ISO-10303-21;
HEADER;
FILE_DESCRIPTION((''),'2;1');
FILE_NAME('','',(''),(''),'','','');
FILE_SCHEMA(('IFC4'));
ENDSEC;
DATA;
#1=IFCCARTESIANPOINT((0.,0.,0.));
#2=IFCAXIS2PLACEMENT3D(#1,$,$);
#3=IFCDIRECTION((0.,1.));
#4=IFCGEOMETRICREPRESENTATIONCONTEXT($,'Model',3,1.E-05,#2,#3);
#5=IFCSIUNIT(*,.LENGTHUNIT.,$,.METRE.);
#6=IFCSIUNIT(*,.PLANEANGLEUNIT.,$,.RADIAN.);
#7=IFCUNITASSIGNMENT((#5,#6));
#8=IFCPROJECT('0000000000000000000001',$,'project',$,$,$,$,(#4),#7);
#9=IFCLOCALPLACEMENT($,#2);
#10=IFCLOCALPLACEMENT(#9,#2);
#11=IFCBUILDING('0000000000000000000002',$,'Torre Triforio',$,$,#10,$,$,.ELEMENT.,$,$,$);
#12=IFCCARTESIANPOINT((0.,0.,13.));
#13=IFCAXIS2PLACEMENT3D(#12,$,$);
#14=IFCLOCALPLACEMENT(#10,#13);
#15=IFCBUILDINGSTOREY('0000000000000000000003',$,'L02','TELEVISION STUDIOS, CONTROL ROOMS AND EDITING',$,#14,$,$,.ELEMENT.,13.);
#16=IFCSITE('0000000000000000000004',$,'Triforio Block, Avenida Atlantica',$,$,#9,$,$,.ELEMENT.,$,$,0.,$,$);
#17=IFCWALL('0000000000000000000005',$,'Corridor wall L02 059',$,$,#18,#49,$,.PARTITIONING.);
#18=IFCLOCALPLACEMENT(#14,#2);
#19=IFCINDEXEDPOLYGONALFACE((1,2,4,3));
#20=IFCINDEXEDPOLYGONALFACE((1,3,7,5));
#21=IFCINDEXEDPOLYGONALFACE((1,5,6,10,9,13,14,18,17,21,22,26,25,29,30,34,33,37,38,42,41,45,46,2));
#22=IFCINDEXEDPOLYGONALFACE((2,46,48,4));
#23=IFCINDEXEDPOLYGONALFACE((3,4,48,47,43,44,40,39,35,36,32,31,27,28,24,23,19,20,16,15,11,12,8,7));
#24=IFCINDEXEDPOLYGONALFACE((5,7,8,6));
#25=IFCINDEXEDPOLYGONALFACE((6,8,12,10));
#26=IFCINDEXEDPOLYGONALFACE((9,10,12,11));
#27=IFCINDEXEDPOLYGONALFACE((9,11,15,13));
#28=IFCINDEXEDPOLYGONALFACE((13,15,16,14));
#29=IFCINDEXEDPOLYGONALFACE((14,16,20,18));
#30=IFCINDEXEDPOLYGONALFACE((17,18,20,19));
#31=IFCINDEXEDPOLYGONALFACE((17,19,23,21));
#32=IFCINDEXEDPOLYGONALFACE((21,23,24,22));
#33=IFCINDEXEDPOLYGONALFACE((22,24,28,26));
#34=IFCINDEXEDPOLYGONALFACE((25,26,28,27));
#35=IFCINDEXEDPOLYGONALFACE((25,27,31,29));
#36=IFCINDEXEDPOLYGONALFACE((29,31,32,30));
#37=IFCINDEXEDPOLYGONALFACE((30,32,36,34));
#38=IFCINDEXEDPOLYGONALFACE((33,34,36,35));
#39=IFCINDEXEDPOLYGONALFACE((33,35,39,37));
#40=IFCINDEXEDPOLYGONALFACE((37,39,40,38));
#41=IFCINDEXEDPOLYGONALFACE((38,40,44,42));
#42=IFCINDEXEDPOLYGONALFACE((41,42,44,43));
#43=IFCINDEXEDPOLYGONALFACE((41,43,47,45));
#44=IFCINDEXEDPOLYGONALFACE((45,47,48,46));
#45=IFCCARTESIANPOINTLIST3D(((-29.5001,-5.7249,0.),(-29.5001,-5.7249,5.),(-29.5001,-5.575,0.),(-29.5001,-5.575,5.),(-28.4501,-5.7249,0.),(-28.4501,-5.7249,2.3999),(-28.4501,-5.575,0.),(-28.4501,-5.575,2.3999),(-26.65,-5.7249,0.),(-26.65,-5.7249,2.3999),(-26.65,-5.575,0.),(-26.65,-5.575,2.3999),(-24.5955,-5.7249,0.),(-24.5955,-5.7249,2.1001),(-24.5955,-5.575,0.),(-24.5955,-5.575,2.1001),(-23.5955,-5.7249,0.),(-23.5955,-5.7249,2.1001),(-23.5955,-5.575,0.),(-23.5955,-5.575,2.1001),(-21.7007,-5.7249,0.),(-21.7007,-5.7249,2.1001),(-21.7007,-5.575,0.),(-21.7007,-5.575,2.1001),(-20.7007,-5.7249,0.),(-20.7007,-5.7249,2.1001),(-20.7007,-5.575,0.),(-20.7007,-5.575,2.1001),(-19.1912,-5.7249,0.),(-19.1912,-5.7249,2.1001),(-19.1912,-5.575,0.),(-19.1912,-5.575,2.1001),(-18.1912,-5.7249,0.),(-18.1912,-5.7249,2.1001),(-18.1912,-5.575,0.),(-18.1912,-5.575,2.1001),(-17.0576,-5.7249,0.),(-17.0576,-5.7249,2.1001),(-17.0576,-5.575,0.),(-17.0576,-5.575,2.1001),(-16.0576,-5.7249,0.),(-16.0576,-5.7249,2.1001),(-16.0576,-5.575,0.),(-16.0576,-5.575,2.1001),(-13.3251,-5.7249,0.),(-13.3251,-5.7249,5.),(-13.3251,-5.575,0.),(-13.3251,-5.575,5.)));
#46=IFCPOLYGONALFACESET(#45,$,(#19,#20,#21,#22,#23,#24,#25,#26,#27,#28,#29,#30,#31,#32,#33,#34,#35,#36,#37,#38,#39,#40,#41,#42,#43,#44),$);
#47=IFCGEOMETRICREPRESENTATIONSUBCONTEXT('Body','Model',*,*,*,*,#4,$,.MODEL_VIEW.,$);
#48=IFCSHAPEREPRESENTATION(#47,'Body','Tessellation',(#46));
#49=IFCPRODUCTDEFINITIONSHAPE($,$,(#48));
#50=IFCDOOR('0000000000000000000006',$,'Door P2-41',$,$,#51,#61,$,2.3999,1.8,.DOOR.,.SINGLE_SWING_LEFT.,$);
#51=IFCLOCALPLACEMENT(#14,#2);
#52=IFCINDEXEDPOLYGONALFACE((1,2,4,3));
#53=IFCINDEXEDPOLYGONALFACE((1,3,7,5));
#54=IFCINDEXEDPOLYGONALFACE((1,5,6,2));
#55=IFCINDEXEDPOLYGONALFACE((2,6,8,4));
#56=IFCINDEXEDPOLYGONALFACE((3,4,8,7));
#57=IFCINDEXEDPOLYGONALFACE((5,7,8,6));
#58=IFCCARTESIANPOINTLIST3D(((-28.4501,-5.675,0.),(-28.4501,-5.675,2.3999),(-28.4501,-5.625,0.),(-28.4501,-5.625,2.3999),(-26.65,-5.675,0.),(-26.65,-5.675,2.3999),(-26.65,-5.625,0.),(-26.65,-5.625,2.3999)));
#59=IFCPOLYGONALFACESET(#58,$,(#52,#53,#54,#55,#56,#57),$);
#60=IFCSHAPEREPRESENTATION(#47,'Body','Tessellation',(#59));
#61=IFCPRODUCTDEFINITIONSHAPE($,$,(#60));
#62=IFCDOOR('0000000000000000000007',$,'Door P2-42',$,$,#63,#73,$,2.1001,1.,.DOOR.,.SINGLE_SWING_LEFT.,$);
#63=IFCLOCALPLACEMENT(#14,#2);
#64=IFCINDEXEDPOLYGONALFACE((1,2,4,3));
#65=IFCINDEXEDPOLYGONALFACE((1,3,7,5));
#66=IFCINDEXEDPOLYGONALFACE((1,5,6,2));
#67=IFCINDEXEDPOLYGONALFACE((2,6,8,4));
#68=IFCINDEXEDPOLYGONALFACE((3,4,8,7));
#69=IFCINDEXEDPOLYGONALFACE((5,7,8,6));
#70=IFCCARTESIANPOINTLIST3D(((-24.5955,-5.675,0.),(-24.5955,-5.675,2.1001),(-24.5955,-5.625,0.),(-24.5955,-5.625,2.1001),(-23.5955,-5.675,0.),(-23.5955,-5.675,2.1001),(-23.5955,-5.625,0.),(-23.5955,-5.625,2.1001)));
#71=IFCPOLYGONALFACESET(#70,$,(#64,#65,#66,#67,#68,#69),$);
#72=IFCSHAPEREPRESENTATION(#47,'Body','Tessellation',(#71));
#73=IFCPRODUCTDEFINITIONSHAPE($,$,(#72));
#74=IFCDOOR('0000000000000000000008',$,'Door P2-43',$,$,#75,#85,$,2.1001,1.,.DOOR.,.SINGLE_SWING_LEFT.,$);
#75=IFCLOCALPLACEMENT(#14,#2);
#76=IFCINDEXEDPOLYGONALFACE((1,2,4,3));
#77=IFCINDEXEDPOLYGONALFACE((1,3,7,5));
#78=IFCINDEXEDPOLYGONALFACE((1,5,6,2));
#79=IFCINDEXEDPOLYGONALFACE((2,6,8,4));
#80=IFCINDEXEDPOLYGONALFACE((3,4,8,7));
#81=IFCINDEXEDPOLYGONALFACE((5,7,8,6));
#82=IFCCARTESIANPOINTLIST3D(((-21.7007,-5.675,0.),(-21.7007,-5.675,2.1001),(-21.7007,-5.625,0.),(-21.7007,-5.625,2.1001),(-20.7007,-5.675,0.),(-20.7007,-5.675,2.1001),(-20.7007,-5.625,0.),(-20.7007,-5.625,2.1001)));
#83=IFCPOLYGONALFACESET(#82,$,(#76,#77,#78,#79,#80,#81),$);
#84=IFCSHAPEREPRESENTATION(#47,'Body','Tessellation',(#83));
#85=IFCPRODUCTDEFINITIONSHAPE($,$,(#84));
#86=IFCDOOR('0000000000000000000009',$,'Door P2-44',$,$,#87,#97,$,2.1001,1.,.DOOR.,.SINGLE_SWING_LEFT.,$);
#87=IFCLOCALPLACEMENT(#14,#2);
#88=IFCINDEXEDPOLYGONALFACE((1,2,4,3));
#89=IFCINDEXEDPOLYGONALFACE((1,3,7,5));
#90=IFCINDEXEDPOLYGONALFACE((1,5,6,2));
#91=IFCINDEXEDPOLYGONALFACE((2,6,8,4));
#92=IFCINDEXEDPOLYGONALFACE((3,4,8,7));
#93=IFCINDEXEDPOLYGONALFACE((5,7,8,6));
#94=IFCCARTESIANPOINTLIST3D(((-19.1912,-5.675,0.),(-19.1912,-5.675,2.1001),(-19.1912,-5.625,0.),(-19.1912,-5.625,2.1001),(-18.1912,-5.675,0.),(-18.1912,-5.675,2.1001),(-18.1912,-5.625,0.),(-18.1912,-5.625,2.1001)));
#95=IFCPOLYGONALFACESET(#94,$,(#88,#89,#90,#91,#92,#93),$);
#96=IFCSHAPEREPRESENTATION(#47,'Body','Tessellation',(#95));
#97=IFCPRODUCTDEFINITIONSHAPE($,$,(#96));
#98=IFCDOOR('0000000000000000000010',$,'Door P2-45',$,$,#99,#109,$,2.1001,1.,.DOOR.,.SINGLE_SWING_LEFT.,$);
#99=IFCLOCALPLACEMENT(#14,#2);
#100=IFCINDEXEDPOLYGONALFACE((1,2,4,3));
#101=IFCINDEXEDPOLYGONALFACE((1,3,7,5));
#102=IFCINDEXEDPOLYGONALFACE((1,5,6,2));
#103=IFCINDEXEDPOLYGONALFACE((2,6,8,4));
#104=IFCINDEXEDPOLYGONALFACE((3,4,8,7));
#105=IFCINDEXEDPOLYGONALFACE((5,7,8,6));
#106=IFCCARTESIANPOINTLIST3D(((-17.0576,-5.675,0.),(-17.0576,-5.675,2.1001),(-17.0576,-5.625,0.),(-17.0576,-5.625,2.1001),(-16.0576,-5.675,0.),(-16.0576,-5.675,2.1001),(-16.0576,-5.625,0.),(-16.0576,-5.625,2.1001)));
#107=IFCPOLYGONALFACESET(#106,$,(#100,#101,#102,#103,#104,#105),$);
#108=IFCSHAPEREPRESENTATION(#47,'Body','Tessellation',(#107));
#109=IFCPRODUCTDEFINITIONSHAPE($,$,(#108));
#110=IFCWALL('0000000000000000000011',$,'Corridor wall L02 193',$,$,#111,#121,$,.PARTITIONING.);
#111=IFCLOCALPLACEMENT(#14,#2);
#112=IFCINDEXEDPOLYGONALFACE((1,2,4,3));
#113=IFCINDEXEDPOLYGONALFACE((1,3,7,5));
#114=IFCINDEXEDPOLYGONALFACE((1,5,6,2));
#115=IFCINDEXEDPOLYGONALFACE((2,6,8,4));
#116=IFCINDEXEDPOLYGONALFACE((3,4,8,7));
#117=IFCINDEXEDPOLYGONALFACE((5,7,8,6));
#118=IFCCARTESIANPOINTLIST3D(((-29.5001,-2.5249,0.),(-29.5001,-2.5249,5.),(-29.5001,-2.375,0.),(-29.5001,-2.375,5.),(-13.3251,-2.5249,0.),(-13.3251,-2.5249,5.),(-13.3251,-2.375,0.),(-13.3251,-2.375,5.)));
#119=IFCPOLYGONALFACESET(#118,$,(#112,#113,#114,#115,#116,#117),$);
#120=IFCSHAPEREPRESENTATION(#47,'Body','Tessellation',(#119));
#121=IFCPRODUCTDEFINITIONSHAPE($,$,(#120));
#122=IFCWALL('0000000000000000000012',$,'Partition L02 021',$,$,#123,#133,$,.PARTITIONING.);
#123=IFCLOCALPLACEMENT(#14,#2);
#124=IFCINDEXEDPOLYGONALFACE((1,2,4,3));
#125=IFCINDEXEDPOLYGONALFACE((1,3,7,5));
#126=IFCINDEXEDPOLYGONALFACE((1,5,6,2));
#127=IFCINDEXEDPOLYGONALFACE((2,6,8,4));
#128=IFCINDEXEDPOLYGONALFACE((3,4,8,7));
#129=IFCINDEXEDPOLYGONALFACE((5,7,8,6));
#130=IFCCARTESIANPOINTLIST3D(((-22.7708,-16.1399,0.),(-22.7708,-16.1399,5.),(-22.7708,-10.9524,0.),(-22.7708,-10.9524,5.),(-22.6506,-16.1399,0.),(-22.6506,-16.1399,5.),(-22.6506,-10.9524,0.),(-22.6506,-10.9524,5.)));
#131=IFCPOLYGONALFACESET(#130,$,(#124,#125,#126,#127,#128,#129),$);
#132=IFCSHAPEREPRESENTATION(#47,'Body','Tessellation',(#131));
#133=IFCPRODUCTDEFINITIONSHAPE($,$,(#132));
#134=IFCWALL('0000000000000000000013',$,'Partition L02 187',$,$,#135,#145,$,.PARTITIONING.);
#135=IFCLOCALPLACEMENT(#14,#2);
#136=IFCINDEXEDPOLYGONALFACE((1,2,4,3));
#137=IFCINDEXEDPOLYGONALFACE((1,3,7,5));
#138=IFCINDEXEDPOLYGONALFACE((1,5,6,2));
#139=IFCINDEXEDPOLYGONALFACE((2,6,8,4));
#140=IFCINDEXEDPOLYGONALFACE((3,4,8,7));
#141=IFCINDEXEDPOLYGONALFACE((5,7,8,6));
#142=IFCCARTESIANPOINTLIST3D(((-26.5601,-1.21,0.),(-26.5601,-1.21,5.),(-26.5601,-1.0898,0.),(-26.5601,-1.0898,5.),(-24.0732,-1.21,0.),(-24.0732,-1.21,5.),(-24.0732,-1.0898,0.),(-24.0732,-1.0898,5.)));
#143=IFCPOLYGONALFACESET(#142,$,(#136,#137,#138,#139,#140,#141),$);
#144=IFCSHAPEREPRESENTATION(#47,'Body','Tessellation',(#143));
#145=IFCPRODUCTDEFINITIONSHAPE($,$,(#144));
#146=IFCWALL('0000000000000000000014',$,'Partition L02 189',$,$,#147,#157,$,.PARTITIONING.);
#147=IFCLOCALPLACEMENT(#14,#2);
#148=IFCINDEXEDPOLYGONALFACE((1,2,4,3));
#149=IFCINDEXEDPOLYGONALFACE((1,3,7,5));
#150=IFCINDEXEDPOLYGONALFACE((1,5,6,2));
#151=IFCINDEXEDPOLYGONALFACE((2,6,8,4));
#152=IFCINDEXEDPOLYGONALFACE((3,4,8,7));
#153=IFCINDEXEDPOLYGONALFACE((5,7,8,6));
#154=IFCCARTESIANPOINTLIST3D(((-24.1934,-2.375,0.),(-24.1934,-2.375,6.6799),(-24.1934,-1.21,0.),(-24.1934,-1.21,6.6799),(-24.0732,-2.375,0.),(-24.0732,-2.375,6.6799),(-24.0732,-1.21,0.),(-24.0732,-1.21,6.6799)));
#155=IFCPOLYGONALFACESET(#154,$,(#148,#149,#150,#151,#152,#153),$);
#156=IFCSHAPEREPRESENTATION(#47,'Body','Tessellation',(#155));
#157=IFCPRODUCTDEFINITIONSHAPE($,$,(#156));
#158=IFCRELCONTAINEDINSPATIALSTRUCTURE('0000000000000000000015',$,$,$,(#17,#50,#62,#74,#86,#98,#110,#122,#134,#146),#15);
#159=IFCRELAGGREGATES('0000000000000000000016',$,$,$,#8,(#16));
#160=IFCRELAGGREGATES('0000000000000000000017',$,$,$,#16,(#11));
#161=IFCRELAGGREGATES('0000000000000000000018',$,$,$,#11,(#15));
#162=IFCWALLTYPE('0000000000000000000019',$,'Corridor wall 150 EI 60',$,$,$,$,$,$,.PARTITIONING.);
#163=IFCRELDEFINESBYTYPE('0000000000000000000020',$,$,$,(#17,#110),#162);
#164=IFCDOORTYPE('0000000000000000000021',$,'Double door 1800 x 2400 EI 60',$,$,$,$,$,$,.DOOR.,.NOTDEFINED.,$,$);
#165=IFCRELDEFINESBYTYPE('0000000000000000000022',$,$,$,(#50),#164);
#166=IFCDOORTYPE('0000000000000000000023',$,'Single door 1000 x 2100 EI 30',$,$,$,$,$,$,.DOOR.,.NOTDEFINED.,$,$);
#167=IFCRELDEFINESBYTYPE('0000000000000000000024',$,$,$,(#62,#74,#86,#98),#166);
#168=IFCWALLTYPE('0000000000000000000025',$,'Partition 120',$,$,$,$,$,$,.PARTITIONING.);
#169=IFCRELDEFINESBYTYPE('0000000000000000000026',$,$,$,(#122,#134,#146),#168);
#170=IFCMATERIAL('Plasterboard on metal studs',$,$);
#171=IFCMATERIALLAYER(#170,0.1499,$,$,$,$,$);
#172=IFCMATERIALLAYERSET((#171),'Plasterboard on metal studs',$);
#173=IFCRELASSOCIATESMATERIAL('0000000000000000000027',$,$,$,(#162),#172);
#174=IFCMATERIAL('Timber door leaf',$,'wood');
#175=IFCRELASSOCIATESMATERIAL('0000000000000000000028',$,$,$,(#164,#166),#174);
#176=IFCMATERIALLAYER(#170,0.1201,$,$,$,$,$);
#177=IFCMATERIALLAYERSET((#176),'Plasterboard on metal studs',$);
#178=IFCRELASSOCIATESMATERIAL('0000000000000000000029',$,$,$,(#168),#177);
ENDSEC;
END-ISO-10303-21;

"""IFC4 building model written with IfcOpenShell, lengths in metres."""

from ifc_helpers import new_model, si_unit, direction, frame, frame_2d, origin, place, context, subcontext, project, spatial, rectangle, extrude, material, layer, layer_set, type_object, element, fill, save


model = new_model("IFC4")

# Units and contexts
model_context = context("Model", 3, precision=1e-05, world=origin(), true_north=direction((0.0, 1.0)))
body_context = subcontext(model_context, "Body", "Model", "MODEL_VIEW")
ifc_project = project(units=[si_unit("LENGTHUNIT", "METRE"), si_unit("PLANEANGLEUNIT", "RADIAN")], contexts=[model_context])

# Site, building, storey
site_placement = place(None, origin())
site = spatial("IfcSite", under=ifc_project, at=site_placement, Name="Triforio Block, Avenida Atlantica", CompositionType="ELEMENT", RefElevation=0.0)
building_placement = place(site_placement, origin())
building = spatial("IfcBuilding", under=site, at=building_placement, Name="Torre Triforio", CompositionType="ELEMENT")
storey_placement = place(building_placement, frame((0.0, 0.0, 13.0)))
storey = spatial("IfcBuildingStorey", under=building, at=storey_placement, Name="L02", Description="TELEVISION STUDIOS, CONTROL ROOMS AND EDITING", CompositionType="ELEMENT", Elevation=13.0)

# Shared definitions
ifc_material_1 = material(Name="Plasterboard on metal studs")
ifc_layer_1 = layer(ifc_material_1, 0.1499)
ifc_layer_set_1 = layer_set([ifc_layer_1], Name="Plasterboard on metal studs")
wall_type_1 = type_object("IfcWallType", Name="Corridor wall 150 EI 60", PredefinedType="PARTITIONING", material=ifc_layer_set_1)

# Wall, openings, doors
wall_1_placement = place(storey_placement, frame((-29.5, -5.6499, 0.0), z_axis=(0.0, 0.0, 1.0), x_axis=(1.0, 0.0, 0.0)))
wall_1 = element("IfcWall", 1, at=wall_1_placement, inside=storey, type_object=wall_type_1, Name="Corridor wall L02 059", PredefinedType="PARTITIONING", context=body_context, shape_type="SweptSolid", body=[
    extrude(rectangle(XDim=16.175, YDim=0.1499, at=frame_2d((8.0874, 0.0))), origin(), (0.0, 0.0, 1.0), 5.0),
])
opening_1_placement = place(wall_1_placement, frame((1.05, 0.0, 0.0)))
opening_1 = element("IfcOpeningElement", 2, at=opening_1_placement, cuts=wall_1, PredefinedType="OPENING", context=body_context, shape_type="SweptSolid", body=[
    extrude(rectangle(XDim=1.8, YDim=2.3999, at=frame_2d((0.8999, 1.2))), frame((0.0, 0.085, 0.0), z_axis=(0.0, -1.0, 0.0), x_axis=(1.0, 0.0, 0.0)), (0.0, 0.0, 1.0), 0.1699),
])
opening_2_placement = place(wall_1_placement, frame((4.9045, 0.0, 0.0)))
opening_2 = element("IfcOpeningElement", 3, at=opening_2_placement, cuts=wall_1, PredefinedType="OPENING", context=body_context, shape_type="SweptSolid", body=[
    extrude(rectangle(XDim=1.0, YDim=2.1001, at=frame_2d((0.5, 1.05))), frame((0.0, 0.085, 0.0), z_axis=(0.0, -1.0, 0.0), x_axis=(1.0, 0.0, 0.0)), (0.0, 0.0, 1.0), 0.1699),
])
opening_3_placement = place(wall_1_placement, frame((7.7993, 0.0, 0.0)))
opening_3 = element("IfcOpeningElement", 4, at=opening_3_placement, cuts=wall_1, PredefinedType="OPENING", context=body_context, shape_type="SweptSolid", body=[
    extrude(rectangle(XDim=1.0, YDim=2.1001, at=frame_2d((0.5, 1.05))), frame((0.0, 0.085, 0.0), z_axis=(0.0, -1.0, 0.0), x_axis=(1.0, 0.0, 0.0)), (0.0, 0.0, 1.0), 0.1699),
])
opening_4_placement = place(wall_1_placement, frame((10.3088, 0.0, 0.0)))
opening_4 = element("IfcOpeningElement", 5, at=opening_4_placement, cuts=wall_1, PredefinedType="OPENING", context=body_context, shape_type="SweptSolid", body=[
    extrude(rectangle(XDim=1.0, YDim=2.1001, at=frame_2d((0.5, 1.05))), frame((0.0, 0.085, 0.0), z_axis=(0.0, -1.0, 0.0), x_axis=(1.0, 0.0, 0.0)), (0.0, 0.0, 1.0), 0.1699),
])
opening_5_placement = place(wall_1_placement, frame((12.4424, 0.0, 0.0)))
opening_5 = element("IfcOpeningElement", 6, at=opening_5_placement, cuts=wall_1, PredefinedType="OPENING", context=body_context, shape_type="SweptSolid", body=[
    extrude(rectangle(XDim=1.0, YDim=2.1001, at=frame_2d((0.5, 1.05))), frame((0.0, 0.085, 0.0), z_axis=(0.0, -1.0, 0.0), x_axis=(1.0, 0.0, 0.0)), (0.0, 0.0, 1.0), 0.1699),
])
ifc_material_2 = material(Name="Timber door leaf", Category="wood")
door_type_1 = type_object("IfcDoorType", Name="Double door 1800 x 2400 EI 60", OperationType="NOTDEFINED", PredefinedType="DOOR", material=ifc_material_2)
door_1_placement = place(opening_1_placement, origin())
door_1 = element("IfcDoor", 7, at=door_1_placement, inside=storey, type_object=door_type_1, Name="Door P2-41", OperationType="SINGLE_SWING_LEFT", OverallHeight=2.3999, OverallWidth=1.8, PredefinedType="DOOR", context=body_context, shape_type="SweptSolid", body=[
    extrude(rectangle(XDim=1.8, YDim=2.3999, at=frame_2d((0.8999, 1.2))), frame((0.0, 0.0249, 0.0), z_axis=(0.0, -1.0, 0.0), x_axis=(1.0, 0.0, 0.0)), (0.0, 0.0, 1.0), 0.05),
])
fill(opening_1, door_1)
door_type_2 = type_object("IfcDoorType", Name="Single door 1000 x 2100 EI 30", OperationType="NOTDEFINED", PredefinedType="DOOR", material=ifc_material_2)
door_2_placement = place(opening_2_placement, origin())
door_2 = element("IfcDoor", 8, at=door_2_placement, inside=storey, type_object=door_type_2, Name="Door P2-42", OperationType="SINGLE_SWING_LEFT", OverallHeight=2.1001, OverallWidth=1.0, PredefinedType="DOOR", context=body_context, shape_type="SweptSolid", body=[
    extrude(rectangle(XDim=1.0, YDim=2.1001, at=frame_2d((0.5, 1.05))), frame((0.0, 0.0249, 0.0), z_axis=(0.0, -1.0, 0.0), x_axis=(1.0, 0.0, 0.0)), (0.0, 0.0, 1.0), 0.05),
])
fill(opening_2, door_2)
door_3_placement = place(opening_3_placement, origin())
door_3 = element("IfcDoor", 9, at=door_3_placement, inside=storey, type_object=door_type_2, Name="Door P2-43", OperationType="SINGLE_SWING_LEFT", OverallHeight=2.1001, OverallWidth=1.0, PredefinedType="DOOR", context=body_context, shape_type="SweptSolid", body=[
    extrude(rectangle(XDim=1.0, YDim=2.1001, at=frame_2d((0.5, 1.05))), frame((0.0, 0.0249, 0.0), z_axis=(0.0, -1.0, 0.0), x_axis=(1.0, 0.0, 0.0)), (0.0, 0.0, 1.0), 0.05),
])
fill(opening_3, door_3)
door_4_placement = place(opening_4_placement, origin())
door_4 = element("IfcDoor", 10, at=door_4_placement, inside=storey, type_object=door_type_2, Name="Door P2-44", OperationType="SINGLE_SWING_LEFT", OverallHeight=2.1001, OverallWidth=1.0, PredefinedType="DOOR", context=body_context, shape_type="SweptSolid", body=[
    extrude(rectangle(XDim=1.0, YDim=2.1001, at=frame_2d((0.5, 1.05))), frame((0.0, 0.0249, 0.0), z_axis=(0.0, -1.0, 0.0), x_axis=(1.0, 0.0, 0.0)), (0.0, 0.0, 1.0), 0.05),
])
fill(opening_4, door_4)
door_5_placement = place(opening_5_placement, origin())
door_5 = element("IfcDoor", 11, at=door_5_placement, inside=storey, type_object=door_type_2, Name="Door P2-45", OperationType="SINGLE_SWING_LEFT", OverallHeight=2.1001, OverallWidth=1.0, PredefinedType="DOOR", context=body_context, shape_type="SweptSolid", body=[
    extrude(rectangle(XDim=1.0, YDim=2.1001, at=frame_2d((0.5, 1.05))), frame((0.0, 0.0249, 0.0), z_axis=(0.0, -1.0, 0.0), x_axis=(1.0, 0.0, 0.0)), (0.0, 0.0, 1.0), 0.05),
])
fill(opening_5, door_5)

# Walls
wall_2_placement = place(storey_placement, frame((-29.5, -2.45, 0.0), z_axis=(0.0, 0.0, 1.0), x_axis=(1.0, 0.0, 0.0)))
element("IfcWall", 12, at=wall_2_placement, inside=storey, type_object=wall_type_1, Name="Corridor wall L02 193", PredefinedType="PARTITIONING", context=body_context, shape_type="SweptSolid", body=[
    extrude(rectangle(XDim=16.175, YDim=0.1499, at=frame_2d((8.0874, 0.0))), origin(), (0.0, 0.0, 1.0), 5.0),
])
ifc_layer_2 = layer(ifc_material_1, 0.1201)
ifc_layer_set_2 = layer_set([ifc_layer_2], Name="Plasterboard on metal studs")
wall_type_2 = type_object("IfcWallType", Name="Partition 120", PredefinedType="PARTITIONING", material=ifc_layer_set_2)
wall_3_placement = place(storey_placement, frame((-22.7107, -16.1399, 0.0), z_axis=(0.0, 0.0, 1.0), x_axis=(0.0, 1.0, 0.0)))
element("IfcWall", 13, at=wall_3_placement, inside=storey, type_object=wall_type_2, Name="Partition L02 021", PredefinedType="PARTITIONING", context=body_context, shape_type="SweptSolid", body=[
    extrude(rectangle(XDim=5.1875, YDim=0.1201, at=frame_2d((2.5938, 0.0))), origin(), (0.0, 0.0, 1.0), 5.0),
])
wall_4_placement = place(storey_placement, frame((-26.5601, -1.1499, 0.0), z_axis=(0.0, 0.0, 1.0), x_axis=(1.0, 0.0, 0.0)))
element("IfcWall", 14, at=wall_4_placement, inside=storey, type_object=wall_type_2, Name="Partition L02 187", PredefinedType="PARTITIONING", context=body_context, shape_type="SweptSolid", body=[
    extrude(rectangle(XDim=2.4868, YDim=0.1201, at=frame_2d((1.2434, 0.0))), origin(), (0.0, 0.0, 1.0), 5.0),
])
wall_5_placement = place(storey_placement, frame((-24.1333, -2.375, 0.0), z_axis=(0.0, 0.0, 1.0), x_axis=(0.0, 1.0, 0.0)))
element("IfcWall", 15, at=wall_5_placement, inside=storey, type_object=wall_type_2, Name="Partition L02 189", PredefinedType="PARTITIONING", context=body_context, shape_type="SweptSolid", body=[
    extrude(rectangle(XDim=1.165, YDim=0.1201, at=frame_2d((0.5825, 0.0))), origin(), (0.0, 0.0, 1.0), 6.6799),
])

save(model, "model.ifc")
